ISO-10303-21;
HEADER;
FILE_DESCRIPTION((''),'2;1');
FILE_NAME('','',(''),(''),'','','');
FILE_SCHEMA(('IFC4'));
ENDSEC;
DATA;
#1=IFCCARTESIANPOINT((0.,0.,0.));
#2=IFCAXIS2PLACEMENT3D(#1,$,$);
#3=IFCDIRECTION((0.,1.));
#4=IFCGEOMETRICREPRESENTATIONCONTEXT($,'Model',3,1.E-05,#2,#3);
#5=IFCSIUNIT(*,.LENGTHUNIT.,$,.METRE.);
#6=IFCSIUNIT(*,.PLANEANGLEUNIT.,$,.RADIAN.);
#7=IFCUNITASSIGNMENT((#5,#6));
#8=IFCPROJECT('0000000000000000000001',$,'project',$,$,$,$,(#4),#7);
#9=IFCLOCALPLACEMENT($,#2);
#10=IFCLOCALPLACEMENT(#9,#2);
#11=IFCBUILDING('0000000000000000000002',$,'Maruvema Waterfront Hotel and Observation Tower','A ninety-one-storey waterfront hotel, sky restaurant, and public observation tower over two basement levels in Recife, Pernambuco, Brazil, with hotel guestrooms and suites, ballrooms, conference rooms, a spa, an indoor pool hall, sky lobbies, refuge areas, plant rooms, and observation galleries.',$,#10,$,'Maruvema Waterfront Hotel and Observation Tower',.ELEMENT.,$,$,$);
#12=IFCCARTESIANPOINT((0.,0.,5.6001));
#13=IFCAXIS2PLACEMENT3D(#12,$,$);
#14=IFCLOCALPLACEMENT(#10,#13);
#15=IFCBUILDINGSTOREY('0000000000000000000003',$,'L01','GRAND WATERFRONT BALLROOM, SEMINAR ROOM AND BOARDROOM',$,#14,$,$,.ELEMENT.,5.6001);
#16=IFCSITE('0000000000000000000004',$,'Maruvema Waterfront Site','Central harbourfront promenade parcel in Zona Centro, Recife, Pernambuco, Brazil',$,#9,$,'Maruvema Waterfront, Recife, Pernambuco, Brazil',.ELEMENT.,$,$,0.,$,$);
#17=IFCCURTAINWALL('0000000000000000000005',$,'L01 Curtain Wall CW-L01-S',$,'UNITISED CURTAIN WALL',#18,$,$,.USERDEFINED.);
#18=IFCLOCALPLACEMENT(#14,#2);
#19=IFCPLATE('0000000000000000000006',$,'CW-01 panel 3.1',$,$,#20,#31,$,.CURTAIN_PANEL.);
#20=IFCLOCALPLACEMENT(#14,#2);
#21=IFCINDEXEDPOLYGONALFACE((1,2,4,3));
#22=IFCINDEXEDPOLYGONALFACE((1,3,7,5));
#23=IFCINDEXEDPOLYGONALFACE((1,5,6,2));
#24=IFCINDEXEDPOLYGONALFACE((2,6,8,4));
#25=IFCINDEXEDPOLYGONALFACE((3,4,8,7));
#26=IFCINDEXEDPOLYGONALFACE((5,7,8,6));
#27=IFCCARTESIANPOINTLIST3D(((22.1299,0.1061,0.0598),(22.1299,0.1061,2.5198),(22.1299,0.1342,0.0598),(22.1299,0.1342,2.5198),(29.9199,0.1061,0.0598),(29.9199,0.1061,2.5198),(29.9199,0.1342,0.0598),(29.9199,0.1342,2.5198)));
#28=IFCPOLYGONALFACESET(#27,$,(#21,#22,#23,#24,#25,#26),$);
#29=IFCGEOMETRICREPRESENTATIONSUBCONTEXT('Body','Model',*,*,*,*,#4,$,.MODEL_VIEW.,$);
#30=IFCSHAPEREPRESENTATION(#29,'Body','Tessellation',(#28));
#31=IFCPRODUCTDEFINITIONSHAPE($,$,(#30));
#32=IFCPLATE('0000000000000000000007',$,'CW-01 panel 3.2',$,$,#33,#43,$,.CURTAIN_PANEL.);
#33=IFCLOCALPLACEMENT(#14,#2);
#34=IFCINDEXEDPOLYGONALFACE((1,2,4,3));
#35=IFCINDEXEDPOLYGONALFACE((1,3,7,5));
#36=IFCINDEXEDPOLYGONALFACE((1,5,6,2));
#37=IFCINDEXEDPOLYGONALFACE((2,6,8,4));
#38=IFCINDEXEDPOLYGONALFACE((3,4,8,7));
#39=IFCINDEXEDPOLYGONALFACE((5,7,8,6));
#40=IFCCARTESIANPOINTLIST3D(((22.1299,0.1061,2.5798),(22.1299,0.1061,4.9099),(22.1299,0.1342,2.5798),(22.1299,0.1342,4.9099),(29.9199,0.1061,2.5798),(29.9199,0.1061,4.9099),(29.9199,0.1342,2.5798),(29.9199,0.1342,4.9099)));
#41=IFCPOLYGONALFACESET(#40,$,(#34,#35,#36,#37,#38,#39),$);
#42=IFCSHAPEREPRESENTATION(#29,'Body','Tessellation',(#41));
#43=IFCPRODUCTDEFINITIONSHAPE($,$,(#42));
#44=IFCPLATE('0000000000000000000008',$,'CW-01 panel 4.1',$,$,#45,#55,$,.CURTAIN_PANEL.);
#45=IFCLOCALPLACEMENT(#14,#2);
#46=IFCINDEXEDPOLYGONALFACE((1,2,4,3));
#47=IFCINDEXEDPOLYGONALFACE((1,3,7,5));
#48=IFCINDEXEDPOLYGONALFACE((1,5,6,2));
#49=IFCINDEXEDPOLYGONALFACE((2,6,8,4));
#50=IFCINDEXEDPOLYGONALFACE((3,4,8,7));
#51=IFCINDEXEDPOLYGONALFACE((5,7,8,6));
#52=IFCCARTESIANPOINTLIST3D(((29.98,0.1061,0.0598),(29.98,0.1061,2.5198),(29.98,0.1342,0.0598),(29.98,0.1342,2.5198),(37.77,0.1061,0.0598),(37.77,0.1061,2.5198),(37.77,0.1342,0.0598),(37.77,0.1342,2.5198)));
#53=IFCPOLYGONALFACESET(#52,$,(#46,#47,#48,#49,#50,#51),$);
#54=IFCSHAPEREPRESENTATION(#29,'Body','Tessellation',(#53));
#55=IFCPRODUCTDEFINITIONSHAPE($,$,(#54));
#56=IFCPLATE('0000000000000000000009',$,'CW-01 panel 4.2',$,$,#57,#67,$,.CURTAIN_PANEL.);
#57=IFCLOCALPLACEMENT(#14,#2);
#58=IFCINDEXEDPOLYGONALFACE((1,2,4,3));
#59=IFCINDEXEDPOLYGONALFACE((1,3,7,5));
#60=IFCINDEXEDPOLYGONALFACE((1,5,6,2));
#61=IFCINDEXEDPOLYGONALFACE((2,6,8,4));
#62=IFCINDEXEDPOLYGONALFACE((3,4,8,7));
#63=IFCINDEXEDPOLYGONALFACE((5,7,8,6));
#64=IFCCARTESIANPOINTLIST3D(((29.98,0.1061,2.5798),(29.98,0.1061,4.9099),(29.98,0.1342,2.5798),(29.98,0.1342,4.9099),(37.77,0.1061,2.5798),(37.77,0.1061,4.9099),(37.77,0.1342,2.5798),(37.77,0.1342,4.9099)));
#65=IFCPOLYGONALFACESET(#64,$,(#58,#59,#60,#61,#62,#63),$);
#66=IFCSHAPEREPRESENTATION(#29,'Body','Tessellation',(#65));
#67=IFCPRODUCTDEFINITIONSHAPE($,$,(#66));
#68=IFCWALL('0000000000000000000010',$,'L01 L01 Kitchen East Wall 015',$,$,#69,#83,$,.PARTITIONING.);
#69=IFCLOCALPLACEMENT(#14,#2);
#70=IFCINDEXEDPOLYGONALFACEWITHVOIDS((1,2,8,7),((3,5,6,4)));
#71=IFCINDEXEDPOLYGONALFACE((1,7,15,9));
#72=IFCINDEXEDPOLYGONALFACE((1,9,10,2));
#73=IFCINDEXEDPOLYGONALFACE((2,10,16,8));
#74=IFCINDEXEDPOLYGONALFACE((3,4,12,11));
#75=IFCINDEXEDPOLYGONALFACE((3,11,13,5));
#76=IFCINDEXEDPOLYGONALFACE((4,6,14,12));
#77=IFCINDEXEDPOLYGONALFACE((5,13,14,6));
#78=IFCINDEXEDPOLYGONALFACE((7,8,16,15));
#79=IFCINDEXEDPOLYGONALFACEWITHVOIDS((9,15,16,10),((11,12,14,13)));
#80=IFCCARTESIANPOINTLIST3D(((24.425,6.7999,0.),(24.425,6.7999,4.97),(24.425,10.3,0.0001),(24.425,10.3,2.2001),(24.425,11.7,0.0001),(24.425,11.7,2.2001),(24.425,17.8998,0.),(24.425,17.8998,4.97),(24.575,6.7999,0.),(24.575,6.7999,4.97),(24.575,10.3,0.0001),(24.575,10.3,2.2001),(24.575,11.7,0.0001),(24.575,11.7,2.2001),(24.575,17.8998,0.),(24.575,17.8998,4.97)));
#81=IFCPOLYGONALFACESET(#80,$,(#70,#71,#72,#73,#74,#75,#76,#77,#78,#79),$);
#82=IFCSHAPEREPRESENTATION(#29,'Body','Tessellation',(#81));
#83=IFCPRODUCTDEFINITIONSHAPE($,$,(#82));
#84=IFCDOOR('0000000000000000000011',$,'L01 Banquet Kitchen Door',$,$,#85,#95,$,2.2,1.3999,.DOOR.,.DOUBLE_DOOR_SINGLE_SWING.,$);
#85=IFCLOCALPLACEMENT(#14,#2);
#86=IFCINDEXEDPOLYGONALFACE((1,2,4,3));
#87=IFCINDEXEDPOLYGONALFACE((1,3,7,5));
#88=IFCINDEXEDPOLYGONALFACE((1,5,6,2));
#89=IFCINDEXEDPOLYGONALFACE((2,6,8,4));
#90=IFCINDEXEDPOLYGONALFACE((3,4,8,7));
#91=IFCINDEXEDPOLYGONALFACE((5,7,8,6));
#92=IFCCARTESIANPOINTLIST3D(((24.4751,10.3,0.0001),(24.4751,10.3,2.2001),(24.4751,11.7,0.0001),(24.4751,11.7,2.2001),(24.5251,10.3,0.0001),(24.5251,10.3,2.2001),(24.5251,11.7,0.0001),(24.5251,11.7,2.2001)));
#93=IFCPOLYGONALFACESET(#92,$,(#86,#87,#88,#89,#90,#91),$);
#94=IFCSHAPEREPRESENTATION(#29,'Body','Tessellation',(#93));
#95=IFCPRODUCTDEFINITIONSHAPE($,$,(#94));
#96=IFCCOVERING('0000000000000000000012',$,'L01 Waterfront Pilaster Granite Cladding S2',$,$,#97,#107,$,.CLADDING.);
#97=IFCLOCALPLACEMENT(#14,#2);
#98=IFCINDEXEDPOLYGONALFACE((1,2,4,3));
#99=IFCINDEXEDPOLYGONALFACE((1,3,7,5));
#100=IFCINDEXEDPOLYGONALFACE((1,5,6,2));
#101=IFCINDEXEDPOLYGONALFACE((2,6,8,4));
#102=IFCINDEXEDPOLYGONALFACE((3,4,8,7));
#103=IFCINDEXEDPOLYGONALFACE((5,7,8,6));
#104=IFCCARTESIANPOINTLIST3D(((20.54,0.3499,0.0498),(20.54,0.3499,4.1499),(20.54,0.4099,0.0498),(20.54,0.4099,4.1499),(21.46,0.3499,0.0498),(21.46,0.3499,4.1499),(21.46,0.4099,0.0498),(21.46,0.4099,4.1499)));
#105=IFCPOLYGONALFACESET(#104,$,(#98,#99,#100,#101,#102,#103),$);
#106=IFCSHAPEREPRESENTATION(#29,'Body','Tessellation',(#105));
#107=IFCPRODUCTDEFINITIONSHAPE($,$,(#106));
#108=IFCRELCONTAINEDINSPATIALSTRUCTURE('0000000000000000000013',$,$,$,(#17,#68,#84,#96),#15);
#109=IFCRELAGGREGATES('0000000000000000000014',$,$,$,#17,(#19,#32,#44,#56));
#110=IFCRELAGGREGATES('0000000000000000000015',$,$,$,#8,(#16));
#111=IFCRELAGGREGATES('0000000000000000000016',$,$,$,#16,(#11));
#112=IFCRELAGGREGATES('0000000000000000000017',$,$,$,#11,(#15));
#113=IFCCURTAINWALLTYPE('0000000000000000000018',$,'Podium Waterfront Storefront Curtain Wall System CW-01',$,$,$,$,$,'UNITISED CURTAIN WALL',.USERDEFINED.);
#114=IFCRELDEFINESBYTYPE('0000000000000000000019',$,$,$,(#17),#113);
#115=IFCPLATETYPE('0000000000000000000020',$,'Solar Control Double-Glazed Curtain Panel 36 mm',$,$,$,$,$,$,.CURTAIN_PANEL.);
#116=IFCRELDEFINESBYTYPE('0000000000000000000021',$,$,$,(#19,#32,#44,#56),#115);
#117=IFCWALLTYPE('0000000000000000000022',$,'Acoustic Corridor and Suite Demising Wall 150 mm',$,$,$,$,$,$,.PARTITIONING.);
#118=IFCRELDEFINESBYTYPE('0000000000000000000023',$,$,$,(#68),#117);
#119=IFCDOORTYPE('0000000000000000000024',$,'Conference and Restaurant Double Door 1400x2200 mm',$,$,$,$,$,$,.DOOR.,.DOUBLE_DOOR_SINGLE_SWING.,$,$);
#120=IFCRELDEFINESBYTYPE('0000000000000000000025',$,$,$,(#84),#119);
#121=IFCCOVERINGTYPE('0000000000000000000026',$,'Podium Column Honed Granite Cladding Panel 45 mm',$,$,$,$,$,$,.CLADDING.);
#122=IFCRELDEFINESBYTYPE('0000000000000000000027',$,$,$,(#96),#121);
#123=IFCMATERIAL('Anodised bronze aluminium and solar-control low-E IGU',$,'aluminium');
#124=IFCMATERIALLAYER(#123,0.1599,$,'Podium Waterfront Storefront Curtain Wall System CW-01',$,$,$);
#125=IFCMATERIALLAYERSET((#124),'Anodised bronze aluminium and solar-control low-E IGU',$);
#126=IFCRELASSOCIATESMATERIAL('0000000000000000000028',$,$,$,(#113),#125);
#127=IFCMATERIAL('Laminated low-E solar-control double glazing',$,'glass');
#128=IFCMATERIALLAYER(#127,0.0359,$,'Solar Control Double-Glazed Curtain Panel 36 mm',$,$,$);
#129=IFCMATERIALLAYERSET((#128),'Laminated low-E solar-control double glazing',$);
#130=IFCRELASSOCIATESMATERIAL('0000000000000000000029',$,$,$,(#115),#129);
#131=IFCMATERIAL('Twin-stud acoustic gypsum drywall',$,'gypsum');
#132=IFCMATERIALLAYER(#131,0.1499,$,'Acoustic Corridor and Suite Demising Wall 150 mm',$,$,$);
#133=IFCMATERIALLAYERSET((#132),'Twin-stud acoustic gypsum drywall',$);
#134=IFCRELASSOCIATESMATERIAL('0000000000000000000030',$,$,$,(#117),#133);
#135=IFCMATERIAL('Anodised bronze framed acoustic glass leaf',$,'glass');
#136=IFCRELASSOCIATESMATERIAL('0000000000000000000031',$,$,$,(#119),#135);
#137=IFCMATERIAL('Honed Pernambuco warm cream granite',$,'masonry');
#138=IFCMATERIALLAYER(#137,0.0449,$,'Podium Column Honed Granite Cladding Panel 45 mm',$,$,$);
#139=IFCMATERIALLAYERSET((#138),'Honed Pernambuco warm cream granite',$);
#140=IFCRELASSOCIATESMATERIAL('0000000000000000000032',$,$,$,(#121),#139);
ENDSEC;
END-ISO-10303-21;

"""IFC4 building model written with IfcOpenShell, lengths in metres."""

from ifc_helpers import new_model, si_unit, direction, frame, frame_2d, origin, origin_2d, place, context, subcontext, project, spatial, rectangle, extrude, material, layer, layer_set, type_object, element, fill, aggregate, save


model = new_model("IFC4")

# Units and contexts
model_context = context("Model", 3, precision=1e-05, world=origin(), true_north=direction((0.0, 1.0)))
body_context = subcontext(model_context, "Body", "Model", "MODEL_VIEW")
ifc_project = project(units=[si_unit("LENGTHUNIT", "METRE"), si_unit("PLANEANGLEUNIT", "RADIAN")], contexts=[model_context])

# Site, building, storey
site_placement = place(None, origin())
site = spatial("IfcSite", under=ifc_project, at=site_placement, Name="Maruvema Waterfront Site", Description="Central harbourfront promenade parcel in Zona Centro, Recife, Pernambuco, Brazil", LongName="Maruvema Waterfront, Recife, Pernambuco, Brazil", CompositionType="ELEMENT", RefElevation=0.0)
building_placement = place(site_placement, origin())
building = spatial("IfcBuilding", under=site, at=building_placement, Name="Maruvema Waterfront Hotel and Observation Tower", Description="A ninety-one-storey waterfront hotel, sky restaurant, and public observation tower over two basement levels in Recife, Pernambuco, Brazil, with hotel guestrooms and suites, ballrooms, conference rooms, a spa, an indoor pool hall, sky lobbies, refuge areas, plant rooms, and observation galleries.", LongName="Maruvema Waterfront Hotel and Observation Tower", CompositionType="ELEMENT")
storey_placement = place(building_placement, frame((0.0, 0.0, 5.6001)))
storey = spatial("IfcBuildingStorey", under=building, at=storey_placement, Name="L01", Description="GRAND WATERFRONT BALLROOM, SEMINAR ROOM AND BOARDROOM", CompositionType="ELEMENT", Elevation=5.6001)

# Curtain wall
ifc_material_1 = material(Name="Anodised bronze aluminium and solar-control low-E IGU", Category="aluminium")
ifc_layer_1 = layer(ifc_material_1, 0.1599, Name="Podium Waterfront Storefront Curtain Wall System CW-01")
ifc_layer_set_1 = layer_set([ifc_layer_1], Name="Anodised bronze aluminium and solar-control low-E IGU")
curtain_wall_type = type_object("IfcCurtainWallType", Name="Podium Waterfront Storefront Curtain Wall System CW-01", ElementType="UNITISED CURTAIN WALL", PredefinedType="USERDEFINED", material=ifc_layer_set_1)
curtain_wall_placement = place(storey_placement, origin())
curtain_wall = element("IfcCurtainWall", 1, at=curtain_wall_placement, inside=storey, type_object=curtain_wall_type, Name="L01 Curtain Wall CW-L01-S", ObjectType="UNITISED CURTAIN WALL", PredefinedType="USERDEFINED")

# Plates
ifc_material_2 = material(Name="Laminated low-E solar-control double glazing", Category="glass")
ifc_layer_2 = layer(ifc_material_2, 0.0359, Name="Solar Control Double-Glazed Curtain Panel 36 mm")
ifc_layer_set_2 = layer_set([ifc_layer_2], Name="Laminated low-E solar-control double glazing")
plate_type = type_object("IfcPlateType", Name="Solar Control Double-Glazed Curtain Panel 36 mm", PredefinedType="CURTAIN_PANEL", material=ifc_layer_set_2)
plate_1_placement = place(storey_placement, frame((26.0249, 0.1201, 0.0598), z_axis=(0.0, 0.0, 1.0), x_axis=(1.0, 0.0, 0.0)))
plate_1 = element("IfcPlate", 2, at=plate_1_placement, type_object=plate_type, Name="CW-01 panel 3.1", PredefinedType="CURTAIN_PANEL", context=body_context, shape_type="SweptSolid", body=[
    extrude(rectangle(XDim=7.79, YDim=0.0281, at=origin_2d()), origin(), (0.0, 0.0, 1.0), 2.46),
])
plate_2_placement = place(storey_placement, frame((26.0249, 0.1201, 2.5798), z_axis=(0.0, 0.0, 1.0), x_axis=(1.0, 0.0, 0.0)))
plate_2 = element("IfcPlate", 3, at=plate_2_placement, type_object=plate_type, Name="CW-01 panel 3.2", PredefinedType="CURTAIN_PANEL", context=body_context, shape_type="SweptSolid", body=[
    extrude(rectangle(XDim=7.79, YDim=0.0281, at=origin_2d()), origin(), (0.0, 0.0, 1.0), 2.3301),
])
plate_3_placement = place(storey_placement, frame((33.875, 0.1201, 0.0598), z_axis=(0.0, 0.0, 1.0), x_axis=(1.0, 0.0, 0.0)))
plate_3 = element("IfcPlate", 4, at=plate_3_placement, type_object=plate_type, Name="CW-01 panel 4.1", PredefinedType="CURTAIN_PANEL", context=body_context, shape_type="SweptSolid", body=[
    extrude(rectangle(XDim=7.79, YDim=0.0281, at=origin_2d()), origin(), (0.0, 0.0, 1.0), 2.46),
])
plate_4_placement = place(storey_placement, frame((33.875, 0.1201, 2.5798), z_axis=(0.0, 0.0, 1.0), x_axis=(1.0, 0.0, 0.0)))
plate_4 = element("IfcPlate", 5, at=plate_4_placement, type_object=plate_type, Name="CW-01 panel 4.2", PredefinedType="CURTAIN_PANEL", context=body_context, shape_type="SweptSolid", body=[
    extrude(rectangle(XDim=7.79, YDim=0.0281, at=origin_2d()), origin(), (0.0, 0.0, 1.0), 2.3301),
])
aggregate(curtain_wall, [plate_1, plate_2, plate_3, plate_4])

# Wall, opening, door
ifc_material_3 = material(Name="Twin-stud acoustic gypsum drywall", Category="gypsum")
ifc_layer_3 = layer(ifc_material_3, 0.1499, Name="Acoustic Corridor and Suite Demising Wall 150 mm")
ifc_layer_set_3 = layer_set([ifc_layer_3], Name="Twin-stud acoustic gypsum drywall")
wall_type = type_object("IfcWallType", Name="Acoustic Corridor and Suite Demising Wall 150 mm", PredefinedType="PARTITIONING", material=ifc_layer_set_3)
wall_placement = place(storey_placement, frame((24.5, 6.8, 0.0), z_axis=(0.0, 0.0, 1.0), x_axis=(0.0, 1.0, 0.0)))
wall = element("IfcWall", 6, at=wall_placement, inside=storey, type_object=wall_type, Name="L01 L01 Kitchen East Wall 015", PredefinedType="PARTITIONING", context=body_context, shape_type="SweptSolid", body=[
    extrude(rectangle(XDim=11.0999, YDim=0.1499, at=frame_2d((5.5498, 0.0))), origin(), (0.0, 0.0, 1.0), 4.97),
])
opening_placement = place(wall_placement, frame((3.5, 0.0, 0.0)))
opening = element("IfcOpeningElement", 7, at=opening_placement, cuts=wall, PredefinedType="OPENING", context=body_context, shape_type="SweptSolid", body=[
    extrude(rectangle(XDim=1.3999, YDim=2.2, at=frame_2d((0.7, 1.1001))), frame((0.0, 0.085, 0.0), z_axis=(0.0, -1.0, 0.0), x_axis=(1.0, 0.0, 0.0)), (0.0, 0.0, 1.0), 0.1699),
])
ifc_material_4 = material(Name="Anodised bronze framed acoustic glass leaf", Category="glass")
door_type = type_object("IfcDoorType", Name="Conference and Restaurant Double Door 1400x2200 mm", OperationType="DOUBLE_DOOR_SINGLE_SWING", PredefinedType="DOOR", material=ifc_material_4)
door_placement = place(opening_placement, origin())
door = element("IfcDoor", 8, at=door_placement, inside=storey, type_object=door_type, Name="L01 Banquet Kitchen Door", OperationType="DOUBLE_DOOR_SINGLE_SWING", OverallHeight=2.2, OverallWidth=1.3999, PredefinedType="DOOR", context=body_context, shape_type="SweptSolid", body=[
    extrude(rectangle(XDim=1.3999, YDim=2.2, at=frame_2d((0.7, 1.1001))), frame((0.0, 0.0249, 0.0), z_axis=(0.0, -1.0, 0.0), x_axis=(1.0, 0.0, 0.0)), (0.0, 0.0, 1.0), 0.05),
])
fill(opening, door)

# Covering
ifc_material_5 = material(Name="Honed Pernambuco warm cream granite", Category="masonry")
ifc_layer_4 = layer(ifc_material_5, 0.0449, Name="Podium Column Honed Granite Cladding Panel 45 mm")
ifc_layer_set_4 = layer_set([ifc_layer_4], Name="Honed Pernambuco warm cream granite")
covering_type = type_object("IfcCoveringType", Name="Podium Column Honed Granite Cladding Panel 45 mm", PredefinedType="CLADDING", material=ifc_layer_set_4)
covering_placement = place(storey_placement, frame((21.0, 0.3799, 0.0498), z_axis=(0.0, 0.0, 1.0), x_axis=(1.0, 0.0, 0.0)))
element("IfcCovering", 9, at=covering_placement, inside=storey, type_object=covering_type, Name="L01 Waterfront Pilaster Granite Cladding S2", PredefinedType="CLADDING", context=body_context, shape_type="SweptSolid", body=[
    extrude(rectangle(XDim=0.9199, YDim=0.0601, at=origin_2d()), origin(), (0.0, 0.0, 1.0), 4.1001),
])

save(model, "model.ifc")
